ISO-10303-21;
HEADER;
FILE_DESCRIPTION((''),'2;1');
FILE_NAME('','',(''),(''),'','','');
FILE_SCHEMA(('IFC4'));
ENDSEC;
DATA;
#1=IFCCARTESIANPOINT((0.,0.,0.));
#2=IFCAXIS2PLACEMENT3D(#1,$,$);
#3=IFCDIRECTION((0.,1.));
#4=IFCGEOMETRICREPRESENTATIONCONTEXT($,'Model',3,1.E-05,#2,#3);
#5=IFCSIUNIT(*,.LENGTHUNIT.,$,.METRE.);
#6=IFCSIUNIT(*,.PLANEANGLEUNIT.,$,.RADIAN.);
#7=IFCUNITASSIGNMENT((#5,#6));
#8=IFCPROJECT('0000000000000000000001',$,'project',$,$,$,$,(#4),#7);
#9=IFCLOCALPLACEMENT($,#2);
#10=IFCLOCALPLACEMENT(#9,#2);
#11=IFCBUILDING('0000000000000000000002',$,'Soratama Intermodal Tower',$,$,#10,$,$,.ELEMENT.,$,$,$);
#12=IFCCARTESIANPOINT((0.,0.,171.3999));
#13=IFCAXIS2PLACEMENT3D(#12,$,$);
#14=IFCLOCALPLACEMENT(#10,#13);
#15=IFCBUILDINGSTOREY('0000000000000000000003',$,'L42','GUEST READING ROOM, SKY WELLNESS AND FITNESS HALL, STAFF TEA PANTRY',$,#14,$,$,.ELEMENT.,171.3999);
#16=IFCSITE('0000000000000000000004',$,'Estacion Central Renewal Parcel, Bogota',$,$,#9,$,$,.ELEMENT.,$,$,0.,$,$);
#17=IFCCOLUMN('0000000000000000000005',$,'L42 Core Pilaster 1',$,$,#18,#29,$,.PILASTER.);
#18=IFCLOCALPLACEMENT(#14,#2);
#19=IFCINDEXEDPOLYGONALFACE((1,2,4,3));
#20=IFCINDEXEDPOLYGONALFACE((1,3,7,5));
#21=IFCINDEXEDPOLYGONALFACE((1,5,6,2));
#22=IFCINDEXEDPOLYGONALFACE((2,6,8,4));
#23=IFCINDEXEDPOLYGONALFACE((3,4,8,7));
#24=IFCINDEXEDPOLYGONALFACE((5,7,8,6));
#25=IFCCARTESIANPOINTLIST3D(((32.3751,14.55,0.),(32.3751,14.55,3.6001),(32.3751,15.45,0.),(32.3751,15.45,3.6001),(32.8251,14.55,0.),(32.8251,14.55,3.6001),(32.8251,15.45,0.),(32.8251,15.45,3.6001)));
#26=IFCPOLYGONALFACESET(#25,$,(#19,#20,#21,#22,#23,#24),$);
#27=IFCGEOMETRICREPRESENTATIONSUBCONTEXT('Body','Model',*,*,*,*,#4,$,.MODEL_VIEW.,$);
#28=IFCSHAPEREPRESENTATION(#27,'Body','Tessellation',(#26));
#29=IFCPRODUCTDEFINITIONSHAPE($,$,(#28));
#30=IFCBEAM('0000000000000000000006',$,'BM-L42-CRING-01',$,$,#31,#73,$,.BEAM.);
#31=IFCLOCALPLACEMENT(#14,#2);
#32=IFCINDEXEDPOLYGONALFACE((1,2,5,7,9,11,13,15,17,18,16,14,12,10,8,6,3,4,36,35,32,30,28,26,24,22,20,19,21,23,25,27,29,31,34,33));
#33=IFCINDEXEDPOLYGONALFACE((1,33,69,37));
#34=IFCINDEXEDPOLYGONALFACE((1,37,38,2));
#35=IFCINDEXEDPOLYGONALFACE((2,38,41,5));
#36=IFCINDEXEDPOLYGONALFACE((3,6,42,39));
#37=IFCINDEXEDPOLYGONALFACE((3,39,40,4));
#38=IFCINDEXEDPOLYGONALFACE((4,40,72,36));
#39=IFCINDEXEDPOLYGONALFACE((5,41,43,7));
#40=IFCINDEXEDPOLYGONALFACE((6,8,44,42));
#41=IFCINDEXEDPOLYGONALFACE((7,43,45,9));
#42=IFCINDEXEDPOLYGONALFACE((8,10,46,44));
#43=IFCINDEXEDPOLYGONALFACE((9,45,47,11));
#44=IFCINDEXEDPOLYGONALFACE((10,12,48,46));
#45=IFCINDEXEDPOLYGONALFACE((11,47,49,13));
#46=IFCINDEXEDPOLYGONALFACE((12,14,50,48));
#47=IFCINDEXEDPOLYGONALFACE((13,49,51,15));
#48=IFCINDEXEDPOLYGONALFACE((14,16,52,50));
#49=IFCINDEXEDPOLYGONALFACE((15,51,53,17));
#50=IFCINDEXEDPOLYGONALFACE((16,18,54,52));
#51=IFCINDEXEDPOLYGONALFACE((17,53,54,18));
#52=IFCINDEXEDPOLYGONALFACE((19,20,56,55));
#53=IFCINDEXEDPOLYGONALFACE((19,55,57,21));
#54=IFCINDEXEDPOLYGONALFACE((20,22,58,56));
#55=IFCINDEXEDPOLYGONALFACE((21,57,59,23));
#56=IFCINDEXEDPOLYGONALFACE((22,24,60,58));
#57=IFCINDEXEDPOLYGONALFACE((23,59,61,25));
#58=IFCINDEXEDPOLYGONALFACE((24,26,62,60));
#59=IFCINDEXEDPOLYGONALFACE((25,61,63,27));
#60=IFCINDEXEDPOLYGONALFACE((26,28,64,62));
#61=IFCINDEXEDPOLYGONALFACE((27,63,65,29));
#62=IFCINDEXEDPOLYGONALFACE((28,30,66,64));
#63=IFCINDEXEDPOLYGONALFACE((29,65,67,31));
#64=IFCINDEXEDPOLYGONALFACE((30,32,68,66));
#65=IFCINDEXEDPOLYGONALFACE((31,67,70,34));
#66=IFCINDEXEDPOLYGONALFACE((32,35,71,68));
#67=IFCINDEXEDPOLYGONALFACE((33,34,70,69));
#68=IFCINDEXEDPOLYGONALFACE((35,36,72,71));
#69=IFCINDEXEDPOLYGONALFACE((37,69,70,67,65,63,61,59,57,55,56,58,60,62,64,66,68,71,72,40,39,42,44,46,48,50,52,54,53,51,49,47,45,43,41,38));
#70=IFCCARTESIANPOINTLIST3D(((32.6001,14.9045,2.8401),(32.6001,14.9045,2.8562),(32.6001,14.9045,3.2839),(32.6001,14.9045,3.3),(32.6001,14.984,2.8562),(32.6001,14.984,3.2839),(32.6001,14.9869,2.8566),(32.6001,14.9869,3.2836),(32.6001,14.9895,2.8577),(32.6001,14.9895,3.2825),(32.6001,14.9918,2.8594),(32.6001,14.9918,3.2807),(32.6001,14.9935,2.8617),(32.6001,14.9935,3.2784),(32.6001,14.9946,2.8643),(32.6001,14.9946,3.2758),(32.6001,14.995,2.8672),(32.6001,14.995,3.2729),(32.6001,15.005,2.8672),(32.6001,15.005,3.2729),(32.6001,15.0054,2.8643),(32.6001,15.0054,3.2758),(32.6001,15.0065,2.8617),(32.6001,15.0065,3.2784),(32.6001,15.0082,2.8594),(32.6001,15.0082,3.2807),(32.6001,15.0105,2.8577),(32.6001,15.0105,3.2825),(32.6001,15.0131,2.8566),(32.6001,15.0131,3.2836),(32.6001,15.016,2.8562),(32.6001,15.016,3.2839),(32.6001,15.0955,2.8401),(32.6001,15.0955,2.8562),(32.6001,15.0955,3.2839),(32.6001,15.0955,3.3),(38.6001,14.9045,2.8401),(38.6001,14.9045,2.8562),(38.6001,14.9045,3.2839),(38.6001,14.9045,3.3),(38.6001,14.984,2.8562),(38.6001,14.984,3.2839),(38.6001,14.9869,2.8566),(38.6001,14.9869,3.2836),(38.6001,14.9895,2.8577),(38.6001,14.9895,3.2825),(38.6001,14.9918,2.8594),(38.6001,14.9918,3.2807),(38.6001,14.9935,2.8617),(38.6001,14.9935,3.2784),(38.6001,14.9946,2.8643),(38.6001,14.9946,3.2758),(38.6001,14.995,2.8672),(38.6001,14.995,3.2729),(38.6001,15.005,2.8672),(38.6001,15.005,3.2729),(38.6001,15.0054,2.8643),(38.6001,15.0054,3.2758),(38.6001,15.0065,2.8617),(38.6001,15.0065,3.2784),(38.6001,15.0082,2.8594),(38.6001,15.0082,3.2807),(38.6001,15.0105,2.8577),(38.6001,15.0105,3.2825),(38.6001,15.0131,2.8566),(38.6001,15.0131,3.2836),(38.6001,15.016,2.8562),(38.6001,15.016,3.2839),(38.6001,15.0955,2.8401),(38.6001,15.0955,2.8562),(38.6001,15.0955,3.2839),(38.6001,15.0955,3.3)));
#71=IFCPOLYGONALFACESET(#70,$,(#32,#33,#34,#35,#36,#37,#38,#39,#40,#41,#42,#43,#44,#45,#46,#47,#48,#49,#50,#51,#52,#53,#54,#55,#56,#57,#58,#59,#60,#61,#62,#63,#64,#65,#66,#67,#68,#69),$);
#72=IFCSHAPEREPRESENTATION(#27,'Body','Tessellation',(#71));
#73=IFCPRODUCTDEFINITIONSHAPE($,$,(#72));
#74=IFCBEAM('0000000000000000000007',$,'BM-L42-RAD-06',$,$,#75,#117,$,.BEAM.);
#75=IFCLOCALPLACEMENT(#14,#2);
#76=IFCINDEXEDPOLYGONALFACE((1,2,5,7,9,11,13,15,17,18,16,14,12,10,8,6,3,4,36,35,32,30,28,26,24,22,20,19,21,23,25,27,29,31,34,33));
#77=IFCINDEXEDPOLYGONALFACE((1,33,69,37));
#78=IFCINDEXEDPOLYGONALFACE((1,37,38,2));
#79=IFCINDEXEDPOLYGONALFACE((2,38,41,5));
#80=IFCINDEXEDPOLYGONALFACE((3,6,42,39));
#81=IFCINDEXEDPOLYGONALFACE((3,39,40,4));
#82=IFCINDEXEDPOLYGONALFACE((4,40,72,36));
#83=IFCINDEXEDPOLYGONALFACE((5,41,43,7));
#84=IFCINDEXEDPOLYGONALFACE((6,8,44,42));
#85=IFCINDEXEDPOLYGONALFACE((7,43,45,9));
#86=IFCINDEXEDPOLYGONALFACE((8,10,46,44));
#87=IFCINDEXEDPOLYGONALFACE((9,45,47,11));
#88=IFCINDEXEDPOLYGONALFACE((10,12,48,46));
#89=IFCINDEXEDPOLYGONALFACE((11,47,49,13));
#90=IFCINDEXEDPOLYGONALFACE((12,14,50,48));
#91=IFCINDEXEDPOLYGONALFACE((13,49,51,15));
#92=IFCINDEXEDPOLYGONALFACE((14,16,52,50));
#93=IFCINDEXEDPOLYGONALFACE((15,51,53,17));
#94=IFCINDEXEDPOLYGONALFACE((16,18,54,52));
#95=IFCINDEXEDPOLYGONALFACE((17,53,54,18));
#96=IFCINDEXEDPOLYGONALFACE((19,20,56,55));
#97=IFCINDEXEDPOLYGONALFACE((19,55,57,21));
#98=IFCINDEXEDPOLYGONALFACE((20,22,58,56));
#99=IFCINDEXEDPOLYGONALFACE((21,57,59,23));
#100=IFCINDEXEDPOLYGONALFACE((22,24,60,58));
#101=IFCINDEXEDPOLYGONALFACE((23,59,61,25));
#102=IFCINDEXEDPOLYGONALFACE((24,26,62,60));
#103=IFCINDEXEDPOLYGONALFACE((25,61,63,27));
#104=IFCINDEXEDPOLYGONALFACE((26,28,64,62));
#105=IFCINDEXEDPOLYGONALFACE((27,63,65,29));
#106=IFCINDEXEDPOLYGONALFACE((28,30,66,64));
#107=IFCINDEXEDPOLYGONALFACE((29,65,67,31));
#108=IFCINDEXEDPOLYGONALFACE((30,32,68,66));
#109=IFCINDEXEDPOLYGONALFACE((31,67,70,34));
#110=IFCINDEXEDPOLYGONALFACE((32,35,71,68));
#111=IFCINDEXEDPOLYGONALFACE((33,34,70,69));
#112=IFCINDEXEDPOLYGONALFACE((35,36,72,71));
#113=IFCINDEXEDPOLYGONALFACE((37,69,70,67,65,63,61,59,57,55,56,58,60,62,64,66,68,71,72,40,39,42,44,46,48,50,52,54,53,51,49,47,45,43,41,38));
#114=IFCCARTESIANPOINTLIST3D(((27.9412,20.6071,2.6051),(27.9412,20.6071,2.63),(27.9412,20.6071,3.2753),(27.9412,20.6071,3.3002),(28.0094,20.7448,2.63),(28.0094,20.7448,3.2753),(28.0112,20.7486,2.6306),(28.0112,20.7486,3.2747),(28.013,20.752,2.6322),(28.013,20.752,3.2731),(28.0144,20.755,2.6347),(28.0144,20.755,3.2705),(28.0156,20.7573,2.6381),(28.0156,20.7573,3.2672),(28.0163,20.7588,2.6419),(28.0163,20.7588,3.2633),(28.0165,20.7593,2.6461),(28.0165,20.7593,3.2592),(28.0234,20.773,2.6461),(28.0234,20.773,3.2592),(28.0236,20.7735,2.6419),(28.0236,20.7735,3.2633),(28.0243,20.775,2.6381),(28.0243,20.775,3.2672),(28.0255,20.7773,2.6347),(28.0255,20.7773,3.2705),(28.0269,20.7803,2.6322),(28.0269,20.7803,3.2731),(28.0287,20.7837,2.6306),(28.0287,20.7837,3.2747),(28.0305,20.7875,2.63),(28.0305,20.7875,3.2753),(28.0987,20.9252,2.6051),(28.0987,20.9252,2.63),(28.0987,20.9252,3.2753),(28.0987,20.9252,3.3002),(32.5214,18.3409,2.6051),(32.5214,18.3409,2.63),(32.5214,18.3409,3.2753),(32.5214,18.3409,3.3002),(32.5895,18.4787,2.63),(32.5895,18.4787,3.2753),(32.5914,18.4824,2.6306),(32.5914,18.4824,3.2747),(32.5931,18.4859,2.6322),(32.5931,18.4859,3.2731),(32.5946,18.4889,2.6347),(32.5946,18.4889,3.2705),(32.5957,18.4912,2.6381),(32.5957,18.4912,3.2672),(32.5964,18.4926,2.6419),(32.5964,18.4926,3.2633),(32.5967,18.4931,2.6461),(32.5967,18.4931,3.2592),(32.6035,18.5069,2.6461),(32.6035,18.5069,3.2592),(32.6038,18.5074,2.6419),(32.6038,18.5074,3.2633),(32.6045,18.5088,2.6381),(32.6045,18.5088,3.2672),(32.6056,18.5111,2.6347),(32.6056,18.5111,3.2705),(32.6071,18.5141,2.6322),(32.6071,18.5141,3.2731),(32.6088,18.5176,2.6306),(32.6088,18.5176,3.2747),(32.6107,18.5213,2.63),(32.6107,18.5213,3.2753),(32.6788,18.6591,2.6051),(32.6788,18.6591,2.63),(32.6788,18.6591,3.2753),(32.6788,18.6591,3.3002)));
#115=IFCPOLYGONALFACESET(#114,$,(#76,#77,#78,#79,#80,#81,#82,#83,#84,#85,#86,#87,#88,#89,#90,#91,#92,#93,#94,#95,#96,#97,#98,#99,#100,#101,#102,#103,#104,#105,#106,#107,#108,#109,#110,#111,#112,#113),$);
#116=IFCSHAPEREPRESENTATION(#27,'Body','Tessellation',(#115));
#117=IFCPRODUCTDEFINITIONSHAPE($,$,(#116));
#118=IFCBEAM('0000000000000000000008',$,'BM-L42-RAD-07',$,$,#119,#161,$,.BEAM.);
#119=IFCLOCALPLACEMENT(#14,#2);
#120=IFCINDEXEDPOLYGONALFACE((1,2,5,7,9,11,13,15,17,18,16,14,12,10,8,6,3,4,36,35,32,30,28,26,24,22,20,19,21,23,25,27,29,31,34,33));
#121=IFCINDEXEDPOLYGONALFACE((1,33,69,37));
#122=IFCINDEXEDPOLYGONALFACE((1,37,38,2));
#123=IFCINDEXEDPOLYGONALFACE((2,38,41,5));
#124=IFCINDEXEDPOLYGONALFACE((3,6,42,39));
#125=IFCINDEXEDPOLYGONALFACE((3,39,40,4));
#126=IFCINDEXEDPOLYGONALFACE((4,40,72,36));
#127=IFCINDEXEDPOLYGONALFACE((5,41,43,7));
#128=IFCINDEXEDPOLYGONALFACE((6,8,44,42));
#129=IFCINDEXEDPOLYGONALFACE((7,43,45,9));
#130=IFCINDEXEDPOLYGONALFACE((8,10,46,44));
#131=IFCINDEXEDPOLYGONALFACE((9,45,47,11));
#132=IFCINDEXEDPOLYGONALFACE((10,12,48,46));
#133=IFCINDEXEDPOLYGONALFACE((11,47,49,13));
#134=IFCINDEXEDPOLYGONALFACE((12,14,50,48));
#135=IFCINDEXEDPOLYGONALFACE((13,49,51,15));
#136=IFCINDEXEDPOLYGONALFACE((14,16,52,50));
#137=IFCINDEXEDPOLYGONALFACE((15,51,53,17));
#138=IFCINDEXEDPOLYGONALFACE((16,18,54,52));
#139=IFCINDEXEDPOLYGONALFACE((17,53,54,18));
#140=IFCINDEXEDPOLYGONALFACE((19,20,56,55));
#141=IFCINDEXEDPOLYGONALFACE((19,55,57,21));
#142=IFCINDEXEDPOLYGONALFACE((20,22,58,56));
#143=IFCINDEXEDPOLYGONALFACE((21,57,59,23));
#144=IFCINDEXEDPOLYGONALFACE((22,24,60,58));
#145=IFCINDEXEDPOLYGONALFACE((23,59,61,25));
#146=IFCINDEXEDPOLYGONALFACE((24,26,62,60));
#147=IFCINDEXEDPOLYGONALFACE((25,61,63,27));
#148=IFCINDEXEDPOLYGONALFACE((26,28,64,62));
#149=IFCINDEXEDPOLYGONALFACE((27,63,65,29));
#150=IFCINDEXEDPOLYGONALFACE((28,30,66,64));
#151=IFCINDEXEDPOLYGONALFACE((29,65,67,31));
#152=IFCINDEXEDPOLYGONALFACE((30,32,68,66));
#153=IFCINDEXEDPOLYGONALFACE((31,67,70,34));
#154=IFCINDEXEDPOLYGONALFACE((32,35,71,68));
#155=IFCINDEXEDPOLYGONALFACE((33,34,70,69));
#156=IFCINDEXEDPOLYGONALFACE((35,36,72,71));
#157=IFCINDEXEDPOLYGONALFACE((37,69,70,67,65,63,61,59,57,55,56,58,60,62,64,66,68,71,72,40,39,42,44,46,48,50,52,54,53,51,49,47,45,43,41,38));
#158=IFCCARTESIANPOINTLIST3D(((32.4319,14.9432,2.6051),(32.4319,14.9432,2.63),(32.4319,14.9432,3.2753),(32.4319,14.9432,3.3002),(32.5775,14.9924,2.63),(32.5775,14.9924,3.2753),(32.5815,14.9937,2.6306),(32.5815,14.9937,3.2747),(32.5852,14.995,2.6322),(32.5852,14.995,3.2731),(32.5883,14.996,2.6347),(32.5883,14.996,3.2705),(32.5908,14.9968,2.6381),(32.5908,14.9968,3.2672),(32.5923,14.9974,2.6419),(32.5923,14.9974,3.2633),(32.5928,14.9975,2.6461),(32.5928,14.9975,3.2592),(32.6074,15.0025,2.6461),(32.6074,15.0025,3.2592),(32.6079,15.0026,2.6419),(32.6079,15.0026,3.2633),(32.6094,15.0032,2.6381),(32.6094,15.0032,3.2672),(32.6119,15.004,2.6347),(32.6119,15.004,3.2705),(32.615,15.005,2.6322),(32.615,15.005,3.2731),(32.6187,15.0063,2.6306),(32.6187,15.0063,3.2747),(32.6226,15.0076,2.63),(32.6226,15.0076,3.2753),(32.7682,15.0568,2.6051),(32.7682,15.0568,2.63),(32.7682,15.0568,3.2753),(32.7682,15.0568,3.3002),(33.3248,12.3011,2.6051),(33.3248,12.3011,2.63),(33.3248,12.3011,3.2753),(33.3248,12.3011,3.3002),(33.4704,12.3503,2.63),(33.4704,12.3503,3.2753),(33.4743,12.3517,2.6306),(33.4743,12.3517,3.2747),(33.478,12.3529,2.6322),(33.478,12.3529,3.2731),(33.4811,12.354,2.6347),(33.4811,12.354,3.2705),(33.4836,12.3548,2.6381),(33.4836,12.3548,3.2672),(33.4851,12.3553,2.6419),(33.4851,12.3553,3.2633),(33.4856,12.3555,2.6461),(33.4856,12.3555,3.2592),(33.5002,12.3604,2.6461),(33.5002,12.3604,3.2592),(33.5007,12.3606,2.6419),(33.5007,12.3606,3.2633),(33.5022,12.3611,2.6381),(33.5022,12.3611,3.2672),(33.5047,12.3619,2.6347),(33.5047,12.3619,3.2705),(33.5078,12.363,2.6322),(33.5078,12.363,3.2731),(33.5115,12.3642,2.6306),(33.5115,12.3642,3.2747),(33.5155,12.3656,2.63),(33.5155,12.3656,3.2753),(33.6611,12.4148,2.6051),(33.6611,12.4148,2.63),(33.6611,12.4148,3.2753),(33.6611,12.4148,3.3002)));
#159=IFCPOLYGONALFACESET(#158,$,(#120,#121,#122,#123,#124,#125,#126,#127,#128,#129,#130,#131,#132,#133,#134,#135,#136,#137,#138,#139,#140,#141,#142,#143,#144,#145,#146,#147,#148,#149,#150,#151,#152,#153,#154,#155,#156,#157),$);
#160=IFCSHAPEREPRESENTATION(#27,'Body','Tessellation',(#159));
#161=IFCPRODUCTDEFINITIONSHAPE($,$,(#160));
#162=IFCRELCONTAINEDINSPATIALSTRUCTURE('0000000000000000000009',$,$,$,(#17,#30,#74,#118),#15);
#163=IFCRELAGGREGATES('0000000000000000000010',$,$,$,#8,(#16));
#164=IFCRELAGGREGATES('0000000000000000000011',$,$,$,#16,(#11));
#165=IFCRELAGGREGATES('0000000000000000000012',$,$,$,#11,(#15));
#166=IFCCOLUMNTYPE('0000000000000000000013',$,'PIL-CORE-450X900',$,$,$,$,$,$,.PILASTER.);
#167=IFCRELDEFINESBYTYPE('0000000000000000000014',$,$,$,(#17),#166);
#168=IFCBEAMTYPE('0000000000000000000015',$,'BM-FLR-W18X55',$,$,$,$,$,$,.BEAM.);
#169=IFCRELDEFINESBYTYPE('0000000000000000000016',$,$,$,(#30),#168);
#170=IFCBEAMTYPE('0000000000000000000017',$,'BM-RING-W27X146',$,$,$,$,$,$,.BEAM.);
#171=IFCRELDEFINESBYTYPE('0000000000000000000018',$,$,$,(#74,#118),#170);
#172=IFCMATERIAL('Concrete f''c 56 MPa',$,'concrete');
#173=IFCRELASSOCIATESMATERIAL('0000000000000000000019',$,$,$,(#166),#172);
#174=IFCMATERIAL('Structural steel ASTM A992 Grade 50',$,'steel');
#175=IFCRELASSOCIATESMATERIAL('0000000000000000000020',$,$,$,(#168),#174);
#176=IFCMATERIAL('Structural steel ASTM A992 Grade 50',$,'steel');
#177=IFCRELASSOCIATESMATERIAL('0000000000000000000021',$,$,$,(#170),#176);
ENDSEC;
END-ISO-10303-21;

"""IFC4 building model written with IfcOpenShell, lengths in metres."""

from ifc_helpers import new_model, si_unit, direction, frame, origin, origin_2d, place, context, subcontext, project, spatial, rectangle, i_section, extrude, material, material_profile, profile_set, type_object, element, save


model = new_model("IFC4")

# Units and contexts
model_context = context("Model", 3, precision=1e-05, world=origin(), true_north=direction((0.0, 1.0)))
body_context = subcontext(model_context, "Body", "Model", "MODEL_VIEW")
ifc_project = project(units=[si_unit("LENGTHUNIT", "METRE"), si_unit("PLANEANGLEUNIT", "RADIAN")], contexts=[model_context])

# Site, building, storey
site_placement = place(None, origin())
site = spatial("IfcSite", under=ifc_project, at=site_placement, Name="Estacion Central Renewal Parcel, Bogota", CompositionType="ELEMENT", RefElevation=0.0)
building_placement = place(site_placement, origin())
building = spatial("IfcBuilding", under=site, at=building_placement, Name="Soratama Intermodal Tower", CompositionType="ELEMENT")
storey_placement = place(building_placement, frame((0.0, 0.0, 171.3999)))
storey = spatial("IfcBuildingStorey", under=building, at=storey_placement, Name="L42", Description="GUEST READING ROOM, SKY WELLNESS AND FITNESS HALL, STAFF TEA PANTRY", CompositionType="ELEMENT", Elevation=171.3999)

# Column
ifc_material_1 = material(Name="Concrete f'c 56 MPa", Category="concrete")
ifc_material_profile_1 = material_profile(ifc_material_1, rectangle(XDim=0.45, YDim=0.8999, at=origin_2d()), Name="RC450X900")
ifc_profile_set_1 = profile_set([ifc_material_profile_1], Name="Concrete f'c 56 MPa")
column_type = type_object("IfcColumnType", Name="PIL-CORE-450X900", PredefinedType="PILASTER", material=ifc_profile_set_1)
column_placement = place(storey_placement, frame((32.6001, 15.0, 0.0), z_axis=(0.0, 0.0, 1.0), x_axis=(1.0, 0.0, 0.0)))
element("IfcColumn", 1, at=column_placement, inside=storey, type_object=column_type, Name="L42 Core Pilaster 1", PredefinedType="PILASTER", context=body_context, shape_type="SweptSolid", body=[
    extrude(rectangle(XDim=0.45, YDim=0.8999, at=origin_2d()), origin(), (0.0, 0.0, 1.0), 3.6001),
])

# Beams
ifc_material_2 = material(Name="Structural steel ASTM A992 Grade 50", Category="steel")
ifc_material_profile_2 = material_profile(ifc_material_2, i_section(OverallWidth=0.1909, OverallDepth=0.46, WebThickness=0.01, FlangeThickness=0.0161, FilletRadius=0.011, at=origin_2d()), Name="W18X55")
ifc_profile_set_2 = profile_set([ifc_material_profile_2], Name="Structural steel ASTM A992 Grade 50")
beam_type_1 = type_object("IfcBeamType", Name="BM-FLR-W18X55", PredefinedType="BEAM", material=ifc_profile_set_2)
beam_1_placement = place(storey_placement, frame((32.6001, 15.0, 3.0701), z_axis=(1.0, 0.0, 0.0), x_axis=(0.0, 1.0, 0.0)))
element("IfcBeam", 2, at=beam_1_placement, inside=storey, type_object=beam_type_1, Name="BM-L42-CRING-01", PredefinedType="BEAM", context=body_context, shape_type="SweptSolid", body=[
    extrude(i_section(OverallWidth=0.1909, OverallDepth=0.46, WebThickness=0.01, FlangeThickness=0.0161, FilletRadius=0.011, at=origin_2d()), origin(), (0.0, 0.0, 1.0), 6.0),
])
ifc_material_3 = material(Name="Structural steel ASTM A992 Grade 50", Category="steel")
ifc_material_profile_3 = material_profile(ifc_material_3, i_section(OverallWidth=0.355, OverallDepth=0.6951, WebThickness=0.0154, FlangeThickness=0.0249, FilletRadius=0.0161, at=origin_2d()), Name="W27X146")
ifc_profile_set_3 = profile_set([ifc_material_profile_3], Name="Structural steel ASTM A992 Grade 50")
beam_type_2 = type_object("IfcBeamType", Name="BM-RING-W27X146", PredefinedType="BEAM", material=ifc_profile_set_3)
beam_2_placement = place(storey_placement, frame((32.6001, 18.5, 2.9526), z_axis=(-0.896292, 0.443464, 0.0), x_axis=(-0.443464, -0.896292, 0.0)))
element("IfcBeam", 3, at=beam_2_placement, inside=storey, type_object=beam_type_2, Name="BM-L42-RAD-06", PredefinedType="BEAM", context=body_context, shape_type="SweptSolid", body=[
    extrude(i_section(OverallWidth=0.355, OverallDepth=0.6951, WebThickness=0.0154, FlangeThickness=0.0249, FilletRadius=0.0161, at=origin_2d()), origin(), (0.0, 0.0, 1.0), 5.1101),
])
beam_3_placement = place(storey_placement, frame((32.6001, 15.0, 2.9526), z_axis=(0.320138, -0.947371, 0.0), x_axis=(0.947371, 0.320138, 0.0)))
element("IfcBeam", 4, at=beam_3_placement, inside=storey, type_object=beam_type_2, Name="BM-L42-RAD-07", PredefinedType="BEAM", context=body_context, shape_type="SweptSolid", body=[
    extrude(i_section(OverallWidth=0.355, OverallDepth=0.6951, WebThickness=0.0154, FlangeThickness=0.0249, FilletRadius=0.0161, at=origin_2d()), origin(), (0.0, 0.0, 1.0), 2.7888),
])

save(model, "model.ifc")
